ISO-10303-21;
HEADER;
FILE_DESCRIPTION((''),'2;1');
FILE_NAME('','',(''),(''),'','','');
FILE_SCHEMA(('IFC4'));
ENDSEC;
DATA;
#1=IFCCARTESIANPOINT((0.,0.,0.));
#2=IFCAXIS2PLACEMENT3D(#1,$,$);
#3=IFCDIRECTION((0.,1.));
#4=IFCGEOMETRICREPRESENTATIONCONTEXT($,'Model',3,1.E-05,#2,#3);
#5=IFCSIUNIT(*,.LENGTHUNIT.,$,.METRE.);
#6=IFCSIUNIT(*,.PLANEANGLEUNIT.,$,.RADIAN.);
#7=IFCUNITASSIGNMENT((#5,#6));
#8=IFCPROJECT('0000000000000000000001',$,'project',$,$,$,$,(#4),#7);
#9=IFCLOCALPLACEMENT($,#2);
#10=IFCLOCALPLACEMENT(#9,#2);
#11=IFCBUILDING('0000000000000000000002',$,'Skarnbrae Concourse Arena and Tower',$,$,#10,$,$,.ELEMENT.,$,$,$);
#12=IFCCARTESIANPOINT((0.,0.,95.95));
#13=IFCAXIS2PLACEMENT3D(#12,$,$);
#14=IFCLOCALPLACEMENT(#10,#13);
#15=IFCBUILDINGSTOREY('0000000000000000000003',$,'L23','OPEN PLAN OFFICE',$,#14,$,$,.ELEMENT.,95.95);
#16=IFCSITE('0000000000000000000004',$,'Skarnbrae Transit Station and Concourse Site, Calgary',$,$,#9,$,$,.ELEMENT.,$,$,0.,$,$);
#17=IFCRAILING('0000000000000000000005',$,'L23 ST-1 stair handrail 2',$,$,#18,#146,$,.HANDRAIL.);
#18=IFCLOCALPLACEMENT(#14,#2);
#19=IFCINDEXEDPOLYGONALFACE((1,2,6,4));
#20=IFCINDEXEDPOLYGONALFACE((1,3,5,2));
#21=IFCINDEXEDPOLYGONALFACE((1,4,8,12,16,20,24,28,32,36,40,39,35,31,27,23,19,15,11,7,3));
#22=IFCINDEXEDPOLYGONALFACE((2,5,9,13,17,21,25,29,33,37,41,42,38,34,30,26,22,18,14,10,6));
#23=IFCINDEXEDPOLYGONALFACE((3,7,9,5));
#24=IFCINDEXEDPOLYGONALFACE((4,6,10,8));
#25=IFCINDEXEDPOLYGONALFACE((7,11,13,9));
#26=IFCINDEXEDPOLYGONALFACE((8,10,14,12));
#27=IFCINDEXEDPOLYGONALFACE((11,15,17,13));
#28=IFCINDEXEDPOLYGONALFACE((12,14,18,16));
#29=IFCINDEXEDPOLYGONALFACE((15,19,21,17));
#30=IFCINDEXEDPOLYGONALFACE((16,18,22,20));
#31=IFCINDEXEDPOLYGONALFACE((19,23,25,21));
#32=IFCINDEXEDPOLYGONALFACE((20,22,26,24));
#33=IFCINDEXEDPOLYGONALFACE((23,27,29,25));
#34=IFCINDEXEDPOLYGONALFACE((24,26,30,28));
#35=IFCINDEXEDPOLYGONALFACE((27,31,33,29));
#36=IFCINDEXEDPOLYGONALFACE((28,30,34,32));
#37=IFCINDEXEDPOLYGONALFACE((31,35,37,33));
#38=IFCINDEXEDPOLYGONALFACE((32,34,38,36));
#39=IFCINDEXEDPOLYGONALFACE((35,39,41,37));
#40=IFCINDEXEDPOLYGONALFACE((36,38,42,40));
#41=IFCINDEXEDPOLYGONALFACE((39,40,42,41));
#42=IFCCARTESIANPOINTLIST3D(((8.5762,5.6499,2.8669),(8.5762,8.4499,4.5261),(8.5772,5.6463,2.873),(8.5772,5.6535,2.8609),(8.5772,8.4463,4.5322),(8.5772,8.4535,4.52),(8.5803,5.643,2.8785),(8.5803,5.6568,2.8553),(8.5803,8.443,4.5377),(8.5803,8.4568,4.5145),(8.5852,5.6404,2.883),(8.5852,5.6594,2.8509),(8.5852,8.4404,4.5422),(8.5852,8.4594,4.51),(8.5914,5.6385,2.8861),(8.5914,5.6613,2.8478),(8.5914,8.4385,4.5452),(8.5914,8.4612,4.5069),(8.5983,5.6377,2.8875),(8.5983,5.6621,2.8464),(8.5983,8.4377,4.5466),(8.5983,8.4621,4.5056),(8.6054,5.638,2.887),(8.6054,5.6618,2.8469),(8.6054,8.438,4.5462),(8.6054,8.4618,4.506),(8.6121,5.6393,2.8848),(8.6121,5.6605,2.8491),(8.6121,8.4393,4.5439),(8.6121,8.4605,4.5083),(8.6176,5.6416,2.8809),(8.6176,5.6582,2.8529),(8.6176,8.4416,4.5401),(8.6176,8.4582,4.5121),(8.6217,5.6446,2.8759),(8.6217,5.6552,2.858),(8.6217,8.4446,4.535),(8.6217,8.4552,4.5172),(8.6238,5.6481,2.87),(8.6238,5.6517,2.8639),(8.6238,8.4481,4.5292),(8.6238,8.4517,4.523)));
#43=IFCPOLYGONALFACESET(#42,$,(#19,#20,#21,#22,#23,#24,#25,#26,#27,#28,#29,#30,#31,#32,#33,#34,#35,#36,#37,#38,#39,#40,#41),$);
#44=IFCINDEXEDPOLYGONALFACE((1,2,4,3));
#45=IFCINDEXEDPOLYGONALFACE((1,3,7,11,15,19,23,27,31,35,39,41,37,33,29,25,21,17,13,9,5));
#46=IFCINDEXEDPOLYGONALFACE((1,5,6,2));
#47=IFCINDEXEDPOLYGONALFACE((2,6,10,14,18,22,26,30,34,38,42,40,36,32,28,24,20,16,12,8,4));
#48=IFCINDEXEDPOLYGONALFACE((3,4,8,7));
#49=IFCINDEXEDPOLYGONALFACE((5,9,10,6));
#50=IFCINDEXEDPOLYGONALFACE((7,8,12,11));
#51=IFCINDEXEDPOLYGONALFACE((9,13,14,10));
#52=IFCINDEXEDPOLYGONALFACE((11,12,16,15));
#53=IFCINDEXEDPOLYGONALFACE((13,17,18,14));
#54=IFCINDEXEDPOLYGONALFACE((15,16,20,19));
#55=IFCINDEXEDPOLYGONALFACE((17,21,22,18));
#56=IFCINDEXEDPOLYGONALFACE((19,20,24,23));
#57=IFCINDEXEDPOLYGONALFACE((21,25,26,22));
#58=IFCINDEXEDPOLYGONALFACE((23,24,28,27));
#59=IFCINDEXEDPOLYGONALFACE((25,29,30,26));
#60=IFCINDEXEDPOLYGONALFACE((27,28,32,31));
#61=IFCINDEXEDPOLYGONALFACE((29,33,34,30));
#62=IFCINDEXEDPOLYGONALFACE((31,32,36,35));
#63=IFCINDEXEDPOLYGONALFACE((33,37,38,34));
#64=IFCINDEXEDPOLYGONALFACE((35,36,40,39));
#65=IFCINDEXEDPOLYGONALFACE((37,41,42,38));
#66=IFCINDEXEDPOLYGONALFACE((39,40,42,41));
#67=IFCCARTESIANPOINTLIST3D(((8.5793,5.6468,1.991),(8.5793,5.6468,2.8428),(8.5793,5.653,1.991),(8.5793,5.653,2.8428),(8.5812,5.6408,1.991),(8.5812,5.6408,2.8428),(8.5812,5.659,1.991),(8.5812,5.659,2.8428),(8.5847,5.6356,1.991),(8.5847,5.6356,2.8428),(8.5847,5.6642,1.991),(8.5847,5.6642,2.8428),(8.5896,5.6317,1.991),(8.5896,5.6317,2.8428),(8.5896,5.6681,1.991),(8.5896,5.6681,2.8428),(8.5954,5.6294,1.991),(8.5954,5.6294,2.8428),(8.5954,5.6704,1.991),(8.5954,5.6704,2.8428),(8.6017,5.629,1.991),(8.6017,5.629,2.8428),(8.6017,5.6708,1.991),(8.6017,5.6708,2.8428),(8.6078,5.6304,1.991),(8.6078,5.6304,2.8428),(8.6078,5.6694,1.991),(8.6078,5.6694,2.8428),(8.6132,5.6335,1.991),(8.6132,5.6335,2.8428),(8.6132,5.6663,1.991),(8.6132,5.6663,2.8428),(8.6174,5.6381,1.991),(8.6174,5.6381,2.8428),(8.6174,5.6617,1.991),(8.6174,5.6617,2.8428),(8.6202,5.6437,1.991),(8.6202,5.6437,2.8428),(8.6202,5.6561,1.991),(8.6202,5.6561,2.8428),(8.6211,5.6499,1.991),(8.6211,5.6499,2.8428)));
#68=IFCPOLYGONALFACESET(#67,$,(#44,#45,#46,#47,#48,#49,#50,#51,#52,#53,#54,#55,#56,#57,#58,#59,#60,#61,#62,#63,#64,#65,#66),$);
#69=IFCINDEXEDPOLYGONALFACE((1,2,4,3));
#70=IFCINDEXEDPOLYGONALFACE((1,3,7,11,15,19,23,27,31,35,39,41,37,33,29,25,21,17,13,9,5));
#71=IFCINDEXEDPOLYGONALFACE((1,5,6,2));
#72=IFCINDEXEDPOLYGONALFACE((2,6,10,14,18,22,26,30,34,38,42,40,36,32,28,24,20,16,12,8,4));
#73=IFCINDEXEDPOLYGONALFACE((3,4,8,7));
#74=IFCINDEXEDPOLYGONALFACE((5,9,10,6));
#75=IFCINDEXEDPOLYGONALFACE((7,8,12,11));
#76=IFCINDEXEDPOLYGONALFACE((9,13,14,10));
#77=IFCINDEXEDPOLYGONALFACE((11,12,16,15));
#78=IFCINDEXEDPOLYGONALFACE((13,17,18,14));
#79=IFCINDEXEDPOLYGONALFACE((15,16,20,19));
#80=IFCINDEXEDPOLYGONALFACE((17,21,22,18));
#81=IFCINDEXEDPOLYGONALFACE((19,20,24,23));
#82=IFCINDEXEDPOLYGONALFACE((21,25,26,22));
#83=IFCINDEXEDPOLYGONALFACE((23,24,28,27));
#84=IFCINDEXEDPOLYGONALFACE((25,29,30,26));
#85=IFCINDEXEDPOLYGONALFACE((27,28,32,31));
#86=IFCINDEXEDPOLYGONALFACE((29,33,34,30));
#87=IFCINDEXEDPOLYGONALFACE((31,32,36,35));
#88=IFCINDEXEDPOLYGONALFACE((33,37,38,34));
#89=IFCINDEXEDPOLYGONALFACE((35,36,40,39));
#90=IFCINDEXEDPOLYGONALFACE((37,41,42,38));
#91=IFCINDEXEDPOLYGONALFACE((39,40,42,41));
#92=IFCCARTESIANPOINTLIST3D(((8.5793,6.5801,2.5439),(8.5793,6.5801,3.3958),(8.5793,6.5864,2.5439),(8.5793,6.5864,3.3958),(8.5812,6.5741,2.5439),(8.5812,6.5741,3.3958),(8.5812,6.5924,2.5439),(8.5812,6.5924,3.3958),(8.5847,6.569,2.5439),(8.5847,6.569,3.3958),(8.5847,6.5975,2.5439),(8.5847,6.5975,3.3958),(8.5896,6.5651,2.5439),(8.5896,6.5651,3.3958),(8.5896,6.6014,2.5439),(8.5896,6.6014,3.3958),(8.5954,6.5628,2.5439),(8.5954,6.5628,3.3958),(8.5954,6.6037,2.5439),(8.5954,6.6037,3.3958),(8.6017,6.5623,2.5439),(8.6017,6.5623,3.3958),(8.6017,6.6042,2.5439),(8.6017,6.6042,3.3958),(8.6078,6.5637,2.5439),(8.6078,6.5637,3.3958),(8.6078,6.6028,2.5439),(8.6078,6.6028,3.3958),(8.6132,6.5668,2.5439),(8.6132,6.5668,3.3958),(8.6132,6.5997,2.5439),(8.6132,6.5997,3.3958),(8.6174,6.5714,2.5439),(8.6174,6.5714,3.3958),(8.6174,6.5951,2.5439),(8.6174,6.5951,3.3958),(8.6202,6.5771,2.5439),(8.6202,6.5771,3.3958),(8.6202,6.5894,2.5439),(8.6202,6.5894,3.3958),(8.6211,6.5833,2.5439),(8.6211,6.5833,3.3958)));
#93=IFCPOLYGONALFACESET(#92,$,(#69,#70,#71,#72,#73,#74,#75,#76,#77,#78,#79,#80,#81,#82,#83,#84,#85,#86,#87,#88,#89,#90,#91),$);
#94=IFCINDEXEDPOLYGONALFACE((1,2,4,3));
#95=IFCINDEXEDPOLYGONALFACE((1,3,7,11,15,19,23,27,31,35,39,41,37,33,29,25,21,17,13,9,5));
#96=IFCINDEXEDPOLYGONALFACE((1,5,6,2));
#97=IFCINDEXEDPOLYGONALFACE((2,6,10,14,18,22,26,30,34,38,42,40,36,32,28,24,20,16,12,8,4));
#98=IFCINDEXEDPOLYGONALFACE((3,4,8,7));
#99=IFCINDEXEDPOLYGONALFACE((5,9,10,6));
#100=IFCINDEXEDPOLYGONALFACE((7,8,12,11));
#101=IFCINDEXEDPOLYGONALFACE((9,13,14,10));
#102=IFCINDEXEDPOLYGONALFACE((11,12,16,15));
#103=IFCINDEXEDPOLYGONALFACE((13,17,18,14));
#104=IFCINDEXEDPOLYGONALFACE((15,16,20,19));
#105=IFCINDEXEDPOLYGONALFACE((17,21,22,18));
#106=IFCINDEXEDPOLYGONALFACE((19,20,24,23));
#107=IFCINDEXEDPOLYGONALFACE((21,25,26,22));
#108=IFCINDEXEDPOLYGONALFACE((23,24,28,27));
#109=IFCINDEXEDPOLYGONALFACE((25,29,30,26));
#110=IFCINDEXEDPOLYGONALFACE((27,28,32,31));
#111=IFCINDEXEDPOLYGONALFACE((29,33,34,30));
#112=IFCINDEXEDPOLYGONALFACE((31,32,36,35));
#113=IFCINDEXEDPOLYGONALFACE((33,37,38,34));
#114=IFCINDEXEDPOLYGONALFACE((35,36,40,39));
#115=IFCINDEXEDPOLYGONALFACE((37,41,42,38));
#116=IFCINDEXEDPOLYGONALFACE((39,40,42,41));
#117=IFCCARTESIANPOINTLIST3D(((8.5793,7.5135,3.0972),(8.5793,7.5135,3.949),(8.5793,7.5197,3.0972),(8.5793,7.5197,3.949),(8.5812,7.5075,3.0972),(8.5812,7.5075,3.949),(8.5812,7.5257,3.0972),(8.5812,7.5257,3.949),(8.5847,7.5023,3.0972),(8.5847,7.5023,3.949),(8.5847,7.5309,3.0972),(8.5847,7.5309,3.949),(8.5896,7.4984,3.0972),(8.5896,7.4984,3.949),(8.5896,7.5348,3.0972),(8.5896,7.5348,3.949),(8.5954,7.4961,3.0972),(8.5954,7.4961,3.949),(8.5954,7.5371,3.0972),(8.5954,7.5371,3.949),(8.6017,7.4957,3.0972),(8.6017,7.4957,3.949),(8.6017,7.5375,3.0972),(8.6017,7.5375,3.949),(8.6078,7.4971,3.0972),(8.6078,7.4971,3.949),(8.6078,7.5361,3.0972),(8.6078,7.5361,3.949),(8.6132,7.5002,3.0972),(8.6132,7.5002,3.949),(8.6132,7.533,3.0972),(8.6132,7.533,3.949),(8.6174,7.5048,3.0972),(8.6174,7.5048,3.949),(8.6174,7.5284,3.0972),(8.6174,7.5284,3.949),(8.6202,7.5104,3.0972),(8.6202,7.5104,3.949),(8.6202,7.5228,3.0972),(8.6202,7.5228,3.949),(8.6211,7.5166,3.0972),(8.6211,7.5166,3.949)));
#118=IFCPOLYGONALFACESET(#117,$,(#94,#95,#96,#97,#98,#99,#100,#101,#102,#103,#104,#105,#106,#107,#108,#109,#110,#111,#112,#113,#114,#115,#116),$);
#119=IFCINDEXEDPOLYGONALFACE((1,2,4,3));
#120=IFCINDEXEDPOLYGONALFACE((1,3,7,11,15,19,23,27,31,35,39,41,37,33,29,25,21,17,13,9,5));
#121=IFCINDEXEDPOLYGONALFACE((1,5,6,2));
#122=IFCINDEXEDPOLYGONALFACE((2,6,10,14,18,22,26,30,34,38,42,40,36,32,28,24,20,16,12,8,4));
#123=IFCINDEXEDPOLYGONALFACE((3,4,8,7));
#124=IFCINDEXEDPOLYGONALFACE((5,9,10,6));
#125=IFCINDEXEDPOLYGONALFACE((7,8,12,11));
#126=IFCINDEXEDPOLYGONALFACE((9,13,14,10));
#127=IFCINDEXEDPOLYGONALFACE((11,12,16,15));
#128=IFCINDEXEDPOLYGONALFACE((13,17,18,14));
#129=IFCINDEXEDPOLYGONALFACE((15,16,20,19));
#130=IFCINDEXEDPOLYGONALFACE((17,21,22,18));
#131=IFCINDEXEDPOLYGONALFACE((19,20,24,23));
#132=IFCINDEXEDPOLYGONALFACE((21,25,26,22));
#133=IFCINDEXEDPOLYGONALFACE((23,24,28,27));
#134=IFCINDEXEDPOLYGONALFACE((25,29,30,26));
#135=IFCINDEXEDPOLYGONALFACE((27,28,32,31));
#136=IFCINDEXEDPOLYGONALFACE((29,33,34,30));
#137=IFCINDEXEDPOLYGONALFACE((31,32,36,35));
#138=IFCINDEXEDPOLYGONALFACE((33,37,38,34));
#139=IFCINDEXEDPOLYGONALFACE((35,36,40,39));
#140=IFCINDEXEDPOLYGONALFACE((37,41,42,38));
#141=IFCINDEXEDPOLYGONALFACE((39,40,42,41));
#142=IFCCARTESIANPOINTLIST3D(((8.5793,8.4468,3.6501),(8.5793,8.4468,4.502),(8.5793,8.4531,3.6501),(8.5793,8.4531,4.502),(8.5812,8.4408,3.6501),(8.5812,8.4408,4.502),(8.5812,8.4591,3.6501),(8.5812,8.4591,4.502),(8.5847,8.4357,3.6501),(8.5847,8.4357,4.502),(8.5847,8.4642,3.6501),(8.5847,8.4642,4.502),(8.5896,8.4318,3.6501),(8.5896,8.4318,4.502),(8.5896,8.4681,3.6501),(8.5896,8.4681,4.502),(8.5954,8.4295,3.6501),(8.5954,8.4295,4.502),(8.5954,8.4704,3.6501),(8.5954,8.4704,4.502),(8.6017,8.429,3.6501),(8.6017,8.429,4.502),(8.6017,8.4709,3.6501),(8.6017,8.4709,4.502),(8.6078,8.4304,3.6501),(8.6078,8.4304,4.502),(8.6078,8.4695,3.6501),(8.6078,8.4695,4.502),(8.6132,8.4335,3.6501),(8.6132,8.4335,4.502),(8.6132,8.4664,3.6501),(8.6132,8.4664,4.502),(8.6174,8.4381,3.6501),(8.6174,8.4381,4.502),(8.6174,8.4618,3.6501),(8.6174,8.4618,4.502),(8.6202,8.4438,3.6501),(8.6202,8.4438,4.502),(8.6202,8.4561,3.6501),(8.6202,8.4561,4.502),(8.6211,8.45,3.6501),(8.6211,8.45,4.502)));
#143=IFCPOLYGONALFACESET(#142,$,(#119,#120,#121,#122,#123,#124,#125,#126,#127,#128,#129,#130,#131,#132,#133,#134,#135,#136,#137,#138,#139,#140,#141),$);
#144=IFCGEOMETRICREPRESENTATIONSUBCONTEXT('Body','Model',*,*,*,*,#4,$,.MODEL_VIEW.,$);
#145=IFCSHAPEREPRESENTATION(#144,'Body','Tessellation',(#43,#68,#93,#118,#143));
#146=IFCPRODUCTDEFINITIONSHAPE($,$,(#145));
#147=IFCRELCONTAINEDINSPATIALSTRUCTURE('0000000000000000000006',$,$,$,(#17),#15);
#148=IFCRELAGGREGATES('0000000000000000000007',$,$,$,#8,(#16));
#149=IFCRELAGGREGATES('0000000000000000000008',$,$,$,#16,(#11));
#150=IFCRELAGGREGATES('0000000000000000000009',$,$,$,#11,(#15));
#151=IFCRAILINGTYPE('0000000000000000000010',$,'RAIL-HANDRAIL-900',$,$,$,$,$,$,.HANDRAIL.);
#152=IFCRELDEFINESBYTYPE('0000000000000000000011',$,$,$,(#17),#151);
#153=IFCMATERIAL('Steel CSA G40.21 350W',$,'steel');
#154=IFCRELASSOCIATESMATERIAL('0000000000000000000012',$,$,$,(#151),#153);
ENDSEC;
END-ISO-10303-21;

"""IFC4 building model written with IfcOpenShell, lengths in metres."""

from ifc_helpers import new_model, si_unit, direction, frame, origin, origin_2d, place, context, subcontext, project, spatial, circle, extrude, material, type_object, element, save


model = new_model("IFC4")

# Units and contexts
model_context = context("Model", 3, precision=1e-05, world=origin(), true_north=direction((0.0, 1.0)))
body_context = subcontext(model_context, "Body", "Model", "MODEL_VIEW")
ifc_project = project(units=[si_unit("LENGTHUNIT", "METRE"), si_unit("PLANEANGLEUNIT", "RADIAN")], contexts=[model_context])

# Site, building, storey
site_placement = place(None, origin())
site = spatial("IfcSite", under=ifc_project, at=site_placement, Name="Skarnbrae Transit Station and Concourse Site, Calgary", CompositionType="ELEMENT", RefElevation=0.0)
building_placement = place(site_placement, origin())
building = spatial("IfcBuilding", under=site, at=building_placement, Name="Skarnbrae Concourse Arena and Tower", CompositionType="ELEMENT")
storey_placement = place(building_placement, frame((0.0, 0.0, 95.95)))
storey = spatial("IfcBuildingStorey", under=building, at=storey_placement, Name="L23", Description="OPEN PLAN OFFICE", CompositionType="ELEMENT", Elevation=95.95)

# Railing
ifc_material_1 = material(Name="Steel CSA G40.21 350W", Category="steel")
railing_type_1 = type_object("IfcRailingType", Name="RAIL-HANDRAIL-900", PredefinedType="HANDRAIL", material=ifc_material_1)
railing_1_placement = place(storey_placement, frame((8.6001, 5.6499, 1.991)))
element("IfcRailing", 1, at=railing_1_placement, inside=storey, type_object=railing_type_1, Name="L23 ST-1 stair handrail 2", PredefinedType="HANDRAIL", context=body_context, shape_type="SweptSolid", body=[
    extrude(circle(Radius=0.0239, at=origin_2d()), frame((0.0, 0.0, 0.876), z_axis=(0.0, 0.860306, 0.509778), x_axis=(-1.0, 0.0, 0.0)), (0.0, 0.0, 1.0), 3.2546),
    extrude(circle(Radius=0.021, at=origin_2d()), origin(), (0.0, 0.0, 1.0), 0.8518),
    extrude(circle(Radius=0.021, at=origin_2d()), frame((0.0, 0.9333, 0.553)), (0.0, 0.0, 1.0), 0.8518),
    extrude(circle(Radius=0.021, at=origin_2d()), frame((0.0, 1.8667, 1.1062)), (0.0, 0.0, 1.0), 0.8518),
    extrude(circle(Radius=0.021, at=origin_2d()), frame((0.0, 2.8, 1.6592)), (0.0, 0.0, 1.0), 0.8518),
])

save(model, "model.ifc")
